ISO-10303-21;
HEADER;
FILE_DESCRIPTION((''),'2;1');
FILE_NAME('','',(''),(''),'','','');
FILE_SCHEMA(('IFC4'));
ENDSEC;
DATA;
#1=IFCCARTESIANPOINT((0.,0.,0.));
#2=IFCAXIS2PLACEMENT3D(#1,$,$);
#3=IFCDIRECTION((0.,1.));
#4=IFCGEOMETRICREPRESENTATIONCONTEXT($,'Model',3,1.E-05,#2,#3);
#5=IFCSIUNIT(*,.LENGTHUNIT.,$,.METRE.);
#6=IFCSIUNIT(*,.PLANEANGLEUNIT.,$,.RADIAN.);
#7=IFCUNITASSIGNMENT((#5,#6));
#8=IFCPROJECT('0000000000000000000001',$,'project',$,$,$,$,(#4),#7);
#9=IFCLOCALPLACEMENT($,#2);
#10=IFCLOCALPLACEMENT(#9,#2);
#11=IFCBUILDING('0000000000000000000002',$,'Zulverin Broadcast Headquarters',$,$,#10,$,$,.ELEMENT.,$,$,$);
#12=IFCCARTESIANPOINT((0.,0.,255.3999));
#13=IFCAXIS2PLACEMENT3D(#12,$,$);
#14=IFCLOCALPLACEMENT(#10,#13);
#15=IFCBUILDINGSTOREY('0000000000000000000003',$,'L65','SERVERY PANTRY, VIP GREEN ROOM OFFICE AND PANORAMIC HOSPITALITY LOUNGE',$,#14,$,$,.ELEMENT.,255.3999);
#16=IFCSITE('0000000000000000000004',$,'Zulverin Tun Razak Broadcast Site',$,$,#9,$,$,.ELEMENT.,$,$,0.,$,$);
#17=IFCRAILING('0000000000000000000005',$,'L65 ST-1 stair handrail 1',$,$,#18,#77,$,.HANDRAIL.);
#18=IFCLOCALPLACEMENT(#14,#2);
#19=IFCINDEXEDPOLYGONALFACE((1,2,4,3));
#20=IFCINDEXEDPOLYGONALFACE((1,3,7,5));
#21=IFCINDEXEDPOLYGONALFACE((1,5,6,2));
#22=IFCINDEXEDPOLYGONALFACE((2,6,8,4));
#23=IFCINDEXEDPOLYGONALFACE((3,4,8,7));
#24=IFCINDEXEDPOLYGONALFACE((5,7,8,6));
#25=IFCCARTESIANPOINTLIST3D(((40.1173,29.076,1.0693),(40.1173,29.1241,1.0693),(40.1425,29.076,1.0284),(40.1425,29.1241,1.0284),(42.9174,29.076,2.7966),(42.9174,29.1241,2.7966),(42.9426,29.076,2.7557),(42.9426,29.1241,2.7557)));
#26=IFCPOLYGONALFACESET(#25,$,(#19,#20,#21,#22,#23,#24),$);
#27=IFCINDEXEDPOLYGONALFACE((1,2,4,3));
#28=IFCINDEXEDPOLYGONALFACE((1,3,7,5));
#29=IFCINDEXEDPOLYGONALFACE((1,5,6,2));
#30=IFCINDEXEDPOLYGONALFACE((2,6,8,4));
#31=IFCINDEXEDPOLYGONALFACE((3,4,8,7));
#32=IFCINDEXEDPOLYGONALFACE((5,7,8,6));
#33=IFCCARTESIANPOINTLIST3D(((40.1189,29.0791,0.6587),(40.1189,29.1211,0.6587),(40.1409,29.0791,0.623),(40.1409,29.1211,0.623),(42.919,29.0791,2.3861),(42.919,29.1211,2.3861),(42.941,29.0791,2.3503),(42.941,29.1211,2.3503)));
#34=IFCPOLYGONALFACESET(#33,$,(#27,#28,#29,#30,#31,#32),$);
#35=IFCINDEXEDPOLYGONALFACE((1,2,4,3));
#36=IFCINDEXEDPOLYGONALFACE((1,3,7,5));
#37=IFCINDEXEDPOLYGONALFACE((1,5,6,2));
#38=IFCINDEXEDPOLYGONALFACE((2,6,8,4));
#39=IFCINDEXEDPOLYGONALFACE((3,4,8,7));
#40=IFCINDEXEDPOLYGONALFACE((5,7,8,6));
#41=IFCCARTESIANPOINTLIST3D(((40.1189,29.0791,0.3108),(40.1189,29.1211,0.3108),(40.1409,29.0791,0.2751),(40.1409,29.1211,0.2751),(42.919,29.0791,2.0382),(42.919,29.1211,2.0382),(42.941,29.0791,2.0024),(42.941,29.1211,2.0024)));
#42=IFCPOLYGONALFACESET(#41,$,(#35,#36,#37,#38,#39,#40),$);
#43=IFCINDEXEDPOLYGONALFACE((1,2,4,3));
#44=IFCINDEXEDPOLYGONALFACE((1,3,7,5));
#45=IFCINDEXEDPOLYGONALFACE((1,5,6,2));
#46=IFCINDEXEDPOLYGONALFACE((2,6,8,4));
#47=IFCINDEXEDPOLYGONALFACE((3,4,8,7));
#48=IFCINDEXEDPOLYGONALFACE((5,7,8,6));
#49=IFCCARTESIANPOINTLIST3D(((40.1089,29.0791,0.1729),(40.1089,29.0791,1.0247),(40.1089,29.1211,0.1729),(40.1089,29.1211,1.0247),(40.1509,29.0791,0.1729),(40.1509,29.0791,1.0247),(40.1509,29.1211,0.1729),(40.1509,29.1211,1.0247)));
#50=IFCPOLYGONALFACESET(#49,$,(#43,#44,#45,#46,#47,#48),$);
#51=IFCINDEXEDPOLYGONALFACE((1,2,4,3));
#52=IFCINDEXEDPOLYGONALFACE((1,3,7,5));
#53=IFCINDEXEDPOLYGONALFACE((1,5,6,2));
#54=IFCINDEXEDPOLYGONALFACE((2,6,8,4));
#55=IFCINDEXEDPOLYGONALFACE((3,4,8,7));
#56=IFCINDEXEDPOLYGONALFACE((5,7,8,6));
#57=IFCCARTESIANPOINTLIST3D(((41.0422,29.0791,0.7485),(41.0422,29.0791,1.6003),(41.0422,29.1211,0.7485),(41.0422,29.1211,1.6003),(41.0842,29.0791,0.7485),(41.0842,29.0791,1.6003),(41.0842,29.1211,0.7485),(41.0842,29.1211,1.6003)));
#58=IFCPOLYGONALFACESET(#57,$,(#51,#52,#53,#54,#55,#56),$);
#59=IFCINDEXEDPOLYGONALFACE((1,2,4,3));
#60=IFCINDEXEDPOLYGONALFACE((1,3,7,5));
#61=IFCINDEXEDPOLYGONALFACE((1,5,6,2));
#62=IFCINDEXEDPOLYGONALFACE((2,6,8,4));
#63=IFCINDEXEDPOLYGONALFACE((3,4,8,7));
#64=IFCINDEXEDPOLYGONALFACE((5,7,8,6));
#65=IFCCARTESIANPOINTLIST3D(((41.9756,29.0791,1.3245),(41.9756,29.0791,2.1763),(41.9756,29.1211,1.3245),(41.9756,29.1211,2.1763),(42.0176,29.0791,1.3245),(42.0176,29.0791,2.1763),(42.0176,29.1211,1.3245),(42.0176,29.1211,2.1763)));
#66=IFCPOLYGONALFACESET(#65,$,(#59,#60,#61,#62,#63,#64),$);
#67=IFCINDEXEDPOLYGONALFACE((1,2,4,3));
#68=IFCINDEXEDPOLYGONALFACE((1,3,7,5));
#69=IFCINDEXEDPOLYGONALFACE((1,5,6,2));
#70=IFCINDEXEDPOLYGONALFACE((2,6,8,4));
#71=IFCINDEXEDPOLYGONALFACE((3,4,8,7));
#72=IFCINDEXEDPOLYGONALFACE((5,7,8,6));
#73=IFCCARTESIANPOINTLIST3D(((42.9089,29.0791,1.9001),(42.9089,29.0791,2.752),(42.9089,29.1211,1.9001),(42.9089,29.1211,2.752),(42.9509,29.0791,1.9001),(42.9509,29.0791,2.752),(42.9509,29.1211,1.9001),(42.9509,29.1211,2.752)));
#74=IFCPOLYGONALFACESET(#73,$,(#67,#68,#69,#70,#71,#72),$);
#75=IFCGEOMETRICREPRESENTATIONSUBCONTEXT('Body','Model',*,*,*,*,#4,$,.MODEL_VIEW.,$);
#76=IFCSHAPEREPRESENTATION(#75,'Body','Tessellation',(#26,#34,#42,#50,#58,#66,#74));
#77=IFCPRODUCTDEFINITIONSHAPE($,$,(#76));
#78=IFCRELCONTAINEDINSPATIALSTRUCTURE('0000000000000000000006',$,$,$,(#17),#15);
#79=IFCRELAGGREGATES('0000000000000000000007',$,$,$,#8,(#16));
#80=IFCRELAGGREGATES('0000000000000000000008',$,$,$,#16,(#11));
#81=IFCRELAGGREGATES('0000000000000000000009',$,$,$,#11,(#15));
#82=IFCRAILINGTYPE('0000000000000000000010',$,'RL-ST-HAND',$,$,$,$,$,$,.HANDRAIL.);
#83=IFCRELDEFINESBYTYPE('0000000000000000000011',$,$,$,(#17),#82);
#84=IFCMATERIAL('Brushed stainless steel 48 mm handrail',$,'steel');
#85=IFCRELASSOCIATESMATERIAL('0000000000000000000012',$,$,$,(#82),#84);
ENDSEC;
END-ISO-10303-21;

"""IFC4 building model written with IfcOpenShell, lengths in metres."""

from ifc_helpers import new_model, si_unit, direction, frame, origin, origin_2d, place, context, subcontext, project, spatial, rectangle, extrude, material, type_object, element, save


model = new_model("IFC4")

# Units and contexts
model_context = context("Model", 3, precision=1e-05, world=origin(), true_north=direction((0.0, 1.0)))
body_context = subcontext(model_context, "Body", "Model", "MODEL_VIEW")
ifc_project = project(units=[si_unit("LENGTHUNIT", "METRE"), si_unit("PLANEANGLEUNIT", "RADIAN")], contexts=[model_context])

# Site, building, storey
site_placement = place(None, origin())
site = spatial("IfcSite", under=ifc_project, at=site_placement, Name="Zulverin Tun Razak Broadcast Site", CompositionType="ELEMENT", RefElevation=0.0)
building_placement = place(site_placement, origin())
building = spatial("IfcBuilding", under=site, at=building_placement, Name="Zulverin Broadcast Headquarters", CompositionType="ELEMENT")
storey_placement = place(building_placement, frame((0.0, 0.0, 255.3999)))
storey = spatial("IfcBuildingStorey", under=building, at=storey_placement, Name="L65", Description="SERVERY PANTRY, VIP GREEN ROOM OFFICE AND PANORAMIC HOSPITALITY LOUNGE", CompositionType="ELEMENT", Elevation=255.3999)

# Railing
ifc_material_1 = material(Name="Brushed stainless steel 48 mm handrail", Category="steel")
railing_type = type_object("IfcRailingType", Name="RL-ST-HAND", PredefinedType="HANDRAIL", material=ifc_material_1)
railing_placement = place(storey_placement, frame((40.1299, 29.1001, 0.1729)))
element("IfcRailing", 1, at=railing_placement, inside=storey, type_object=railing_type, Name="L65 ST-1 stair handrail 1", PredefinedType="HANDRAIL", context=body_context, shape_type="SweptSolid", body=[
    extrude(rectangle(XDim=0.0481, YDim=0.0481, at=origin_2d()), frame((0.0, 0.0, 0.876), z_axis=(0.85109, 0.0, 0.52502), x_axis=(0.0, 1.0, 0.0)), (0.0, 0.0, 1.0), 3.29),
    extrude(rectangle(XDim=0.042, YDim=0.042, at=origin_2d()), frame((0.0, 0.0, 0.468), z_axis=(0.85109, 0.0, 0.52502), x_axis=(0.0, 1.0, 0.0)), (0.0, 0.0, 1.0), 3.29),
    extrude(rectangle(XDim=0.042, YDim=0.042, at=origin_2d()), frame((0.0, 0.0, 0.1201), z_axis=(0.85109, 0.0, 0.52502), x_axis=(0.0, 1.0, 0.0)), (0.0, 0.0, 1.0), 3.29),
    extrude(rectangle(XDim=0.042, YDim=0.042, at=origin_2d()), origin(), (0.0, 0.0, 1.0), 0.8518),
    extrude(rectangle(XDim=0.042, YDim=0.042, at=origin_2d()), frame((0.9333, 0.0, 0.5757)), (0.0, 0.0, 1.0), 0.8518),
    extrude(rectangle(XDim=0.042, YDim=0.042, at=origin_2d()), frame((1.8667, 0.0, 1.1516)), (0.0, 0.0, 1.0), 0.8518),
    extrude(rectangle(XDim=0.042, YDim=0.042, at=origin_2d()), frame((2.8, 0.0, 1.7273)), (0.0, 0.0, 1.0), 0.8518),
])

save(model, "model.ifc")
